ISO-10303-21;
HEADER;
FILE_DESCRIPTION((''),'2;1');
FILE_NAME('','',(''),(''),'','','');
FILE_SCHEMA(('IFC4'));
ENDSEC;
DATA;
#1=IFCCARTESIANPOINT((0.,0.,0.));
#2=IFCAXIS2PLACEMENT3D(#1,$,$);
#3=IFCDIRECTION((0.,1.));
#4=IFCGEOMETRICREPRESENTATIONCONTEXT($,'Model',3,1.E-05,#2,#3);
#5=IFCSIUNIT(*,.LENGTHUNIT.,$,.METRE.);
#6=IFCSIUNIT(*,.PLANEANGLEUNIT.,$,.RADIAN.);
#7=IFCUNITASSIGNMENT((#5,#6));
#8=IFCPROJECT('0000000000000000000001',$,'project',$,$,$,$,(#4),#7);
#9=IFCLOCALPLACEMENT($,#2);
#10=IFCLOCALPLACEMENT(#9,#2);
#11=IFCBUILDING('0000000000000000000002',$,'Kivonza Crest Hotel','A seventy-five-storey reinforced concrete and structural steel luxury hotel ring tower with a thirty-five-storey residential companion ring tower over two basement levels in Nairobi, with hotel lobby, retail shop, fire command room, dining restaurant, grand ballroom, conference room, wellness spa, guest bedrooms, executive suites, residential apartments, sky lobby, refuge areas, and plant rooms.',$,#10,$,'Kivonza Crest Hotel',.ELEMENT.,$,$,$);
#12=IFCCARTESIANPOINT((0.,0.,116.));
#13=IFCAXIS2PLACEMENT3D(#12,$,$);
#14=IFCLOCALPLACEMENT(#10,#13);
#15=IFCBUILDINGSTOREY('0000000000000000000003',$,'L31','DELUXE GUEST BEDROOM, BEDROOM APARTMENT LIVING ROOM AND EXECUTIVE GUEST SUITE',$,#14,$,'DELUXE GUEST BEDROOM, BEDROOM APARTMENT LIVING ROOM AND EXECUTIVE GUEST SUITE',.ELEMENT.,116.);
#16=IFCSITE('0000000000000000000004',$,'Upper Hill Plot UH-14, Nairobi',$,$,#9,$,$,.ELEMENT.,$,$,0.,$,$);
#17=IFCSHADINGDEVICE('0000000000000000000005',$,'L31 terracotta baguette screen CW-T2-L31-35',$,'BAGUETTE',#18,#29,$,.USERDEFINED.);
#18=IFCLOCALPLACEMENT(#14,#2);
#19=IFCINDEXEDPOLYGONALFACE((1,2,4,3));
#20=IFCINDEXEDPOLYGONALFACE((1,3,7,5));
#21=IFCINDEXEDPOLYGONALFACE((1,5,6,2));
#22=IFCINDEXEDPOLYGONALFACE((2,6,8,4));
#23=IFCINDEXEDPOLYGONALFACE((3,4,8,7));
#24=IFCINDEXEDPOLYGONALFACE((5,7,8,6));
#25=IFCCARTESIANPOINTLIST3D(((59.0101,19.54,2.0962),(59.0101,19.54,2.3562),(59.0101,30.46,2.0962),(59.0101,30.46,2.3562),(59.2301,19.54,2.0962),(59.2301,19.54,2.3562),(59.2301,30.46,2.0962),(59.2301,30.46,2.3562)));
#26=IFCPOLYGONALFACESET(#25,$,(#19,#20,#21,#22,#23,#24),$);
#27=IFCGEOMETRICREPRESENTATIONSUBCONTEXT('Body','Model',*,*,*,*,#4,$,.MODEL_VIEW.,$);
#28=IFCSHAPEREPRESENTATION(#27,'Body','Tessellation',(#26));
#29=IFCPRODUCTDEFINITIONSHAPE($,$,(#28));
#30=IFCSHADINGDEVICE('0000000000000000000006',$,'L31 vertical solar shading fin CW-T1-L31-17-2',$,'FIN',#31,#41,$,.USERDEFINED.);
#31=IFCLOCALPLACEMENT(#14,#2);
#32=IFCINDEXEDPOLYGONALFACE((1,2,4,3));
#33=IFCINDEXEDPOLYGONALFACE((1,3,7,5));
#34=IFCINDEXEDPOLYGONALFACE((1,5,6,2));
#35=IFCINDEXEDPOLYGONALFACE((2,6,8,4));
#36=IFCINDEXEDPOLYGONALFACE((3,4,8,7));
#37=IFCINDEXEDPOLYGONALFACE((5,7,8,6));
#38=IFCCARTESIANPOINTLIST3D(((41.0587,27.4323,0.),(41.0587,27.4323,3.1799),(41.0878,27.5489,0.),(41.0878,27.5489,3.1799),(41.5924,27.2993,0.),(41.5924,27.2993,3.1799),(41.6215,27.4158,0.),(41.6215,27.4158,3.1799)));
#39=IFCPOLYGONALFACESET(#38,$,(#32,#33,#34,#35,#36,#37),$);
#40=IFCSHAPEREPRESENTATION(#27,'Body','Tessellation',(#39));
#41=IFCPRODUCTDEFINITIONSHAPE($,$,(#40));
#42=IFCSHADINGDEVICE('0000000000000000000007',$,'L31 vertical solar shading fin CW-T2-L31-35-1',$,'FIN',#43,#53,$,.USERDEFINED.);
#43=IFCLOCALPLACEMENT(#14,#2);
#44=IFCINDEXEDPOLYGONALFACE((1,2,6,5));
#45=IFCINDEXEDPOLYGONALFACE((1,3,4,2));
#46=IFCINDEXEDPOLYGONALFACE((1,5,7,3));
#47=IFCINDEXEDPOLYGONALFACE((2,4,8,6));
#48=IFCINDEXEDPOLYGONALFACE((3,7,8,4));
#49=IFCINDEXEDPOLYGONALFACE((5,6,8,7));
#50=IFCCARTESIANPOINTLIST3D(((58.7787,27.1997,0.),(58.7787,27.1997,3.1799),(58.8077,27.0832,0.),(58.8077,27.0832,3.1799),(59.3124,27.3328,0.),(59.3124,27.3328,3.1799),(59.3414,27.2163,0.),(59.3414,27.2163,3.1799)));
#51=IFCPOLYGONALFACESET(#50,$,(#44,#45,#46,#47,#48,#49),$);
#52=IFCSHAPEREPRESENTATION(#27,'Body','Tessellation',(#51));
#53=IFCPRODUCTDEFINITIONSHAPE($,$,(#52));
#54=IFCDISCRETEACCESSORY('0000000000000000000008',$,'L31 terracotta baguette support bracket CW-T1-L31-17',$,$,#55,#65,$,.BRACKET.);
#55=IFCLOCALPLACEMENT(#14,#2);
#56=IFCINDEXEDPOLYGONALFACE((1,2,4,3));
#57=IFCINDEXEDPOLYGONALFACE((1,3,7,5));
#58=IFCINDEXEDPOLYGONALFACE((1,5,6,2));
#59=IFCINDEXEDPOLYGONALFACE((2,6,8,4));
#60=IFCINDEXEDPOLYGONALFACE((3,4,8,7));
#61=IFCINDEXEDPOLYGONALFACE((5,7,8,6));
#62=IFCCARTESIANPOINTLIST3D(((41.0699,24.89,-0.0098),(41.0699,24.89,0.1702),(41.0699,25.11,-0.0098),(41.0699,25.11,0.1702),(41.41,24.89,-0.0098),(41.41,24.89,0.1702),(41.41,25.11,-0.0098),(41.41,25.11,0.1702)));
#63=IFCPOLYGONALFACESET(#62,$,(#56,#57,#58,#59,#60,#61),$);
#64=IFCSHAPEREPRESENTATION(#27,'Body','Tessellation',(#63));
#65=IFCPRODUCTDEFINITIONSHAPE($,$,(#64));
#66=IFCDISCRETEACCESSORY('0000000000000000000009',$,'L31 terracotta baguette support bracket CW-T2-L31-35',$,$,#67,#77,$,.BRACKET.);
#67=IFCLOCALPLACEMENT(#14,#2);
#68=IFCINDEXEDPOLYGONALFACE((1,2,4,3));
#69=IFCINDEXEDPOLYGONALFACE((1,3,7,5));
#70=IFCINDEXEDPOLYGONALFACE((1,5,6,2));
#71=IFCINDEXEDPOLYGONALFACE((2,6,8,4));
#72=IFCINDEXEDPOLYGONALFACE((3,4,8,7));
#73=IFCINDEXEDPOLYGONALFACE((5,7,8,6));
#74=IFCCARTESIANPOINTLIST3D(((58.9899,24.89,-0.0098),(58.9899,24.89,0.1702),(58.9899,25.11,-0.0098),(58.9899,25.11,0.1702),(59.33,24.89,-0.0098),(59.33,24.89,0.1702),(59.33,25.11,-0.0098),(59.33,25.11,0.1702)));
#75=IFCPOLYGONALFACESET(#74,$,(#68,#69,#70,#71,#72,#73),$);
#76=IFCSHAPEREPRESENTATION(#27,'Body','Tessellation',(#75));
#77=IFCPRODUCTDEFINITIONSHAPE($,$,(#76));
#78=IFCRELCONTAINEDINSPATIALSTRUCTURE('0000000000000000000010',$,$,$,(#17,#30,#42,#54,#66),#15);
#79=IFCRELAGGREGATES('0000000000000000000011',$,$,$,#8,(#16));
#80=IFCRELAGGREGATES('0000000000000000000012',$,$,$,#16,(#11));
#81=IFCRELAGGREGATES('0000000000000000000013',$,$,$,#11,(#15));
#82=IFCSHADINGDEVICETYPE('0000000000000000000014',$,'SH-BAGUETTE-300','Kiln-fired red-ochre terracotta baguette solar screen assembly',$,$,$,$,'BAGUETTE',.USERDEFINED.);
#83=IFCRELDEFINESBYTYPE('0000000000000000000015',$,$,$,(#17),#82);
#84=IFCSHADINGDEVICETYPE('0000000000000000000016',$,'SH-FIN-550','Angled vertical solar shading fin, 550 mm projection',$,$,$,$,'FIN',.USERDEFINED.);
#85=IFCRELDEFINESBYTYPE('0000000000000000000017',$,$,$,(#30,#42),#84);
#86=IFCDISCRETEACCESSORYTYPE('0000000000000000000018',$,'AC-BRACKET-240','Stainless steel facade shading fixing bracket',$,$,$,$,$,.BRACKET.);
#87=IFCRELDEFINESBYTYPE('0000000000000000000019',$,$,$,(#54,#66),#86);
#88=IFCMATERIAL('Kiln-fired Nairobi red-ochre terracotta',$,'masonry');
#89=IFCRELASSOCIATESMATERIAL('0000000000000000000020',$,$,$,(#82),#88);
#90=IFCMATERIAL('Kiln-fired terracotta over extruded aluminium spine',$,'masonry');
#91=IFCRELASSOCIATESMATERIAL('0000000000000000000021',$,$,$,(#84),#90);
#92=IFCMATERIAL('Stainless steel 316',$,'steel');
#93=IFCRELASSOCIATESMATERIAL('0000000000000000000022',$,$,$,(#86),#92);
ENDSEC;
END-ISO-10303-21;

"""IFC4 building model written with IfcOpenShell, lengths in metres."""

from ifc_helpers import new_model, si_unit, direction, frame, origin, origin_2d, place, context, subcontext, project, spatial, rectangle, extrude, material, type_object, element, save


model = new_model("IFC4")

# Units and contexts
model_context = context("Model", 3, precision=1e-05, world=origin(), true_north=direction((0.0, 1.0)))
body_context = subcontext(model_context, "Body", "Model", "MODEL_VIEW")
ifc_project = project(units=[si_unit("LENGTHUNIT", "METRE"), si_unit("PLANEANGLEUNIT", "RADIAN")], contexts=[model_context])

# Site, building, storey
site_placement = place(None, origin())
site = spatial("IfcSite", under=ifc_project, at=site_placement, Name="Upper Hill Plot UH-14, Nairobi", CompositionType="ELEMENT", RefElevation=0.0)
building_placement = place(site_placement, origin())
building = spatial("IfcBuilding", under=site, at=building_placement, Name="Kivonza Crest Hotel", Description="A seventy-five-storey reinforced concrete and structural steel luxury hotel ring tower with a thirty-five-storey residential companion ring tower over two basement levels in Nairobi, with hotel lobby, retail shop, fire command room, dining restaurant, grand ballroom, conference room, wellness spa, guest bedrooms, executive suites, residential apartments, sky lobby, refuge areas, and plant rooms.", LongName="Kivonza Crest Hotel", CompositionType="ELEMENT")
storey_placement = place(building_placement, frame((0.0, 0.0, 116.0)))
storey = spatial("IfcBuildingStorey", under=building, at=storey_placement, Name="L31", Description="DELUXE GUEST BEDROOM, BEDROOM APARTMENT LIVING ROOM AND EXECUTIVE GUEST SUITE", LongName="DELUXE GUEST BEDROOM, BEDROOM APARTMENT LIVING ROOM AND EXECUTIVE GUEST SUITE", CompositionType="ELEMENT", Elevation=116.0)

# Shading devices
ifc_material_1 = material(Name="Kiln-fired Nairobi red-ochre terracotta", Category="masonry")
shading_device_type_1 = type_object("IfcShadingDeviceType", Name="SH-BAGUETTE-300", Description="Kiln-fired red-ochre terracotta baguette solar screen assembly", ElementType="BAGUETTE", PredefinedType="USERDEFINED", material=ifc_material_1)
shading_device_1_placement = place(storey_placement, frame((59.1201, 25.0, 2.0962), z_axis=(0.0, 0.0, 1.0), x_axis=(0.0, -1.0, 0.0)))
element("IfcShadingDevice", 1, at=shading_device_1_placement, inside=storey, type_object=shading_device_type_1, Name="L31 terracotta baguette screen CW-T2-L31-35", ObjectType="BAGUETTE", PredefinedType="USERDEFINED", context=body_context, shape_type="SweptSolid", body=[
    extrude(rectangle(XDim=10.9199, YDim=0.22, at=origin_2d()), origin(), (0.0, 0.0, 1.0), 0.26),
])
ifc_material_2 = material(Name="Kiln-fired terracotta over extruded aluminium spine", Category="masonry")
shading_device_type_2 = type_object("IfcShadingDeviceType", Name="SH-FIN-550", Description="Angled vertical solar shading fin, 550 mm projection", ElementType="FIN", PredefinedType="USERDEFINED", material=ifc_material_2)
for number, where, z_axis, x_axis, name in (
    (2, (41.3401, 27.4241, 0.0), (0.0, 0.0, 1.0), (0.241922, 0.970296, 0.0), "L31 vertical solar shading fin CW-T1-L31-17-2"),
    (3, (59.0601, 27.208, 0.0), (0.0, 0.0, 1.0), (0.241922, -0.970296, 0.0), "L31 vertical solar shading fin CW-T2-L31-35-1"),
):
    element("IfcShadingDevice", number, at=place(storey_placement, frame(where, z_axis=z_axis, x_axis=x_axis)), inside=storey, type_object=shading_device_type_2, Name=name, ObjectType="FIN", PredefinedType="USERDEFINED", context=body_context, shape_type="SweptSolid", body=[
        extrude(rectangle(XDim=0.1201, YDim=0.55, at=origin_2d()), origin(), (0.0, 0.0, 1.0), 3.1799),
    ])

# Discrete accessories
ifc_material_3 = material(Name="Stainless steel 316", Category="steel")
discrete_accessory_type = type_object("IfcDiscreteAccessoryType", Name="AC-BRACKET-240", Description="Stainless steel facade shading fixing bracket", PredefinedType="BRACKET", material=ifc_material_3)
for number, where, z_axis, x_axis, name in (
    (4, (41.24, 25.0, -0.0098), (0.0, 0.0, 1.0), (0.0, 1.0, 0.0), "L31 terracotta baguette support bracket CW-T1-L31-17"),
    (5, (59.1599, 25.0, -0.0098), (0.0, 0.0, 1.0), (0.0, -1.0, 0.0), "L31 terracotta baguette support bracket CW-T2-L31-35"),
):
    element("IfcDiscreteAccessory", number, at=place(storey_placement, frame(where, z_axis=z_axis, x_axis=x_axis)), inside=storey, type_object=discrete_accessory_type, Name=name, PredefinedType="BRACKET", context=body_context, shape_type="SweptSolid", body=[
        extrude(rectangle(XDim=0.22, YDim=0.3401, at=origin_2d()), origin(), (0.0, 0.0, 1.0), 0.1799),
    ])

save(model, "model.ifc")
